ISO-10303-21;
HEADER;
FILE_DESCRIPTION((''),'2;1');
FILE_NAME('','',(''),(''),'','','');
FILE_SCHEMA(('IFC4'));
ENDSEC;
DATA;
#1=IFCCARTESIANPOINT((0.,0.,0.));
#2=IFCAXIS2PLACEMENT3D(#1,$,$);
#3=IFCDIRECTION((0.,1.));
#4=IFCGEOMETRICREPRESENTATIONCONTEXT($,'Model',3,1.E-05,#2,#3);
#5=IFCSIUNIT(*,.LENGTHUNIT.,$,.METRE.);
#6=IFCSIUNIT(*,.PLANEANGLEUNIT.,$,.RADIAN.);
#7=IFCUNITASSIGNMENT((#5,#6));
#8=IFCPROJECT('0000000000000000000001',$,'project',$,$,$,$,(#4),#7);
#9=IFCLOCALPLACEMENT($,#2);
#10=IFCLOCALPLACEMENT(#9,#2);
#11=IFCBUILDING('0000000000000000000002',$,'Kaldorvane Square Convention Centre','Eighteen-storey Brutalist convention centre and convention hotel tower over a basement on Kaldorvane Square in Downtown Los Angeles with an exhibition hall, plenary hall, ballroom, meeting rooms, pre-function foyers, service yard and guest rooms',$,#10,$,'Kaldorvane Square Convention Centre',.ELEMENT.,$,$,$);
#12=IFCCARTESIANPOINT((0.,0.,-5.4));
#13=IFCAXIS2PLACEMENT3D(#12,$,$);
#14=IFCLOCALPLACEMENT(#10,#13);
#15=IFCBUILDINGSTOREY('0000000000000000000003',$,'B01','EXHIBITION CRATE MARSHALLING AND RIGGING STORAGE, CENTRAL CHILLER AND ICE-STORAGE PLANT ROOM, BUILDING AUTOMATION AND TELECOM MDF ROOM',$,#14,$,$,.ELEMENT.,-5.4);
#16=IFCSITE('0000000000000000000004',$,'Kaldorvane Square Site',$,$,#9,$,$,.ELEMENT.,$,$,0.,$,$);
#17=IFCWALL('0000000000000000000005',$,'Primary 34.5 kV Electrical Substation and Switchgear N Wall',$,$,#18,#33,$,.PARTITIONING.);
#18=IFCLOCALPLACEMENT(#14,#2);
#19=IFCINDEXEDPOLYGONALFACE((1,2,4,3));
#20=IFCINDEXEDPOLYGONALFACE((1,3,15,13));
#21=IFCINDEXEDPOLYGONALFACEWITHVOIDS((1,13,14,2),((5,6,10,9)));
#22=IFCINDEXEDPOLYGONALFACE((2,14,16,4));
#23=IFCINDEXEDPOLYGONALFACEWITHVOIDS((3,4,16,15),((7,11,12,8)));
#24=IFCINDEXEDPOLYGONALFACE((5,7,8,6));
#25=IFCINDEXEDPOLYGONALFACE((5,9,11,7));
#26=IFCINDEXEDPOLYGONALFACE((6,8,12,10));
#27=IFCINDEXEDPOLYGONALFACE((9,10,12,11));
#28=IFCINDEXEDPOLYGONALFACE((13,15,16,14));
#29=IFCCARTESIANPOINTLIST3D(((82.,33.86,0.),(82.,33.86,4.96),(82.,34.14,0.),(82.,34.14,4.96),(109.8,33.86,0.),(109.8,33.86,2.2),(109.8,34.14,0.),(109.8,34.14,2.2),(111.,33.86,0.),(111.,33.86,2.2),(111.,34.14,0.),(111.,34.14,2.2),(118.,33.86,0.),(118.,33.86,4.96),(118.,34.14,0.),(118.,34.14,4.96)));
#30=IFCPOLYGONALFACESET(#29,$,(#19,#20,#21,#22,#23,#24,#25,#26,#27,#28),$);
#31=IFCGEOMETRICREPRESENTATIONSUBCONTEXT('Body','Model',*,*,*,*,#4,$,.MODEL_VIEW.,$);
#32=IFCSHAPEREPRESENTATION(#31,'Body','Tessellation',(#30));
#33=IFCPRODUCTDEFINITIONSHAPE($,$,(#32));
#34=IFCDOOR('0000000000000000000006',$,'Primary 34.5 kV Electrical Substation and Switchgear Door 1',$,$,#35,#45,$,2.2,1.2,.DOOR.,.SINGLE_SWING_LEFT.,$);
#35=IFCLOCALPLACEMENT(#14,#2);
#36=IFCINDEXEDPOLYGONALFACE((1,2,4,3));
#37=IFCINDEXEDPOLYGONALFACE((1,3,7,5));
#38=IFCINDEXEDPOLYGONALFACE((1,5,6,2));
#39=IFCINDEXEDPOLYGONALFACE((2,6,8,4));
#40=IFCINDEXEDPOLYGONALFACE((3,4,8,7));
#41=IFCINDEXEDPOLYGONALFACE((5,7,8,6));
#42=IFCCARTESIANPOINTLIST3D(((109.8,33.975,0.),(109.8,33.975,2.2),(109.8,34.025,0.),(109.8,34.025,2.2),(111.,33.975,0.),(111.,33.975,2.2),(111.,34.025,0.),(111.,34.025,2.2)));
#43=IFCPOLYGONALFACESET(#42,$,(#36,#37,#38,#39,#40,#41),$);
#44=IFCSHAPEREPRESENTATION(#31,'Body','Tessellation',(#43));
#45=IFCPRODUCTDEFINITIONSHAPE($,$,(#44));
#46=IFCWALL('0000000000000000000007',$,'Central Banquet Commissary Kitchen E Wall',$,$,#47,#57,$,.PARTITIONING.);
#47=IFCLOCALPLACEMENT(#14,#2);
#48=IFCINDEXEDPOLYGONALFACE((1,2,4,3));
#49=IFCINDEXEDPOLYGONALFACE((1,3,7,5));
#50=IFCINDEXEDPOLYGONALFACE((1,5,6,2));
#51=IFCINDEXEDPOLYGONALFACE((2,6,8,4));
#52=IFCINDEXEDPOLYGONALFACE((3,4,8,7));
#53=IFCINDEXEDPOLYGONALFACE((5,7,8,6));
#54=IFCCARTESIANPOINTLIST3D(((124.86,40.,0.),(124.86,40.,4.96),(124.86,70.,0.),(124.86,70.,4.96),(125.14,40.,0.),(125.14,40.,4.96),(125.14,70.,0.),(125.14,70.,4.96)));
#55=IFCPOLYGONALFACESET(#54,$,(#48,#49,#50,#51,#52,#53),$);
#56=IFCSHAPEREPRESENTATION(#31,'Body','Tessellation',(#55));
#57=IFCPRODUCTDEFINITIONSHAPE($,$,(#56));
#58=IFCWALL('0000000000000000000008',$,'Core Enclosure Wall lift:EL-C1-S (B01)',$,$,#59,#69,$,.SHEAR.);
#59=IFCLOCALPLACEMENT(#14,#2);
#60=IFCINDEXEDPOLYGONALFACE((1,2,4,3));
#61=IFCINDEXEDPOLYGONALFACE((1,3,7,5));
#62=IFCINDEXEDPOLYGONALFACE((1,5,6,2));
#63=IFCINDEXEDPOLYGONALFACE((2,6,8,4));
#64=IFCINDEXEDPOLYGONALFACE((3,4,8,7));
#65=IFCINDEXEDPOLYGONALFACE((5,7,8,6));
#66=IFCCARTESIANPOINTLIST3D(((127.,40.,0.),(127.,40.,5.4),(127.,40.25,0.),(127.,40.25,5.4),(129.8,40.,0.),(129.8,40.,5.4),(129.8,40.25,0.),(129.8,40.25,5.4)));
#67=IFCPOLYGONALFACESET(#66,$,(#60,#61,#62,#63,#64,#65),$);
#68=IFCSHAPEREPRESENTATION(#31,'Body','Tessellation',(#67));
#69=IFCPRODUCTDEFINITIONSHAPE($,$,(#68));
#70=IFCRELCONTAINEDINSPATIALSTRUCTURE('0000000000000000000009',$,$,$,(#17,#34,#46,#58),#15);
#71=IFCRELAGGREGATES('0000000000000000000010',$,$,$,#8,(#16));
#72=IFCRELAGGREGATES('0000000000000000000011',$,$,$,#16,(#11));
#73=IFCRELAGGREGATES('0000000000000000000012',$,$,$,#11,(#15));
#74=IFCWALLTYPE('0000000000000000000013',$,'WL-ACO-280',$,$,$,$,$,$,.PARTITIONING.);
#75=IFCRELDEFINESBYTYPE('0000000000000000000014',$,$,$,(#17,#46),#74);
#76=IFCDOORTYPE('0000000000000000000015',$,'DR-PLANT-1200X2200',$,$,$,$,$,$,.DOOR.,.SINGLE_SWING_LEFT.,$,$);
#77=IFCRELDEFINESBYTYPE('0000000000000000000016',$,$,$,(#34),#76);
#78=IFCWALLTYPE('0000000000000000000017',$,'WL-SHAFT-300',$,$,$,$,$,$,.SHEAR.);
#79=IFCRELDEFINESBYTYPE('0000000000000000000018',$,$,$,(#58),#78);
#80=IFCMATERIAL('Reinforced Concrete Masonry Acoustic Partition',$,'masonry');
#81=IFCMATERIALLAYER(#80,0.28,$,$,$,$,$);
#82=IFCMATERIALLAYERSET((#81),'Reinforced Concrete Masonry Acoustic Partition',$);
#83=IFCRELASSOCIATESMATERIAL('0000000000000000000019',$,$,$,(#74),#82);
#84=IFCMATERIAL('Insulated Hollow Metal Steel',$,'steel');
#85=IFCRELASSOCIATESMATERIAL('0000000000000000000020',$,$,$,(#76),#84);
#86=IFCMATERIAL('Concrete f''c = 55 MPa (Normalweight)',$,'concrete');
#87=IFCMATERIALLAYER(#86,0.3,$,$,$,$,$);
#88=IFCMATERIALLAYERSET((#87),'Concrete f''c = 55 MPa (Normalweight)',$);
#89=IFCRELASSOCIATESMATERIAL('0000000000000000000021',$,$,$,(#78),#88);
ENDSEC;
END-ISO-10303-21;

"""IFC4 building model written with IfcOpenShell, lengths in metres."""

from ifc_helpers import new_model, si_unit, direction, frame, frame_2d, origin, place, context, subcontext, project, spatial, rectangle, extrude, material, layer, layer_set, type_object, element, fill, save


model = new_model("IFC4")

# Units and contexts
model_context = context("Model", 3, precision=1e-05, world=origin(), true_north=direction((0.0, 1.0)))
body_context = subcontext(model_context, "Body", "Model", "MODEL_VIEW")
ifc_project = project(units=[si_unit("LENGTHUNIT", "METRE"), si_unit("PLANEANGLEUNIT", "RADIAN")], contexts=[model_context])

# Site, building, storey
site_placement = place(None, origin())
site = spatial("IfcSite", under=ifc_project, at=site_placement, Name="Kaldorvane Square Site", CompositionType="ELEMENT", RefElevation=0.0)
building_placement = place(site_placement, origin())
building = spatial("IfcBuilding", under=site, at=building_placement, Name="Kaldorvane Square Convention Centre", Description="Eighteen-storey Brutalist convention centre and convention hotel tower over a basement on Kaldorvane Square in Downtown Los Angeles with an exhibition hall, plenary hall, ballroom, meeting rooms, pre-function foyers, service yard and guest rooms", LongName="Kaldorvane Square Convention Centre", CompositionType="ELEMENT")
storey_placement = place(building_placement, frame((0.0, 0.0, -5.4)))
storey = spatial("IfcBuildingStorey", under=building, at=storey_placement, Name="B01", Description="EXHIBITION CRATE MARSHALLING AND RIGGING STORAGE, CENTRAL CHILLER AND ICE-STORAGE PLANT ROOM, BUILDING AUTOMATION AND TELECOM MDF ROOM", CompositionType="ELEMENT", Elevation=-5.4)

# Wall, opening, door
ifc_material_1 = material(Name="Reinforced Concrete Masonry Acoustic Partition", Category="masonry")
ifc_layer_1 = layer(ifc_material_1, 0.28)
ifc_layer_set_1 = layer_set([ifc_layer_1], Name="Reinforced Concrete Masonry Acoustic Partition")
wall_type_1 = type_object("IfcWallType", Name="WL-ACO-280", PredefinedType="PARTITIONING", material=ifc_layer_set_1)
wall_1_placement = place(storey_placement, frame((118.0, 34.0, 0.0), z_axis=(0.0, 0.0, 1.0), x_axis=(-1.0, 0.0, 0.0)))
wall_1 = element("IfcWall", 1, at=wall_1_placement, inside=storey, type_object=wall_type_1, Name="Primary 34.5 kV Electrical Substation and Switchgear N Wall", PredefinedType="PARTITIONING", context=body_context, shape_type="SweptSolid", body=[
    extrude(rectangle(XDim=36.0, YDim=0.28, at=frame_2d((18.0, 0.0))), origin(), (0.0, 0.0, 1.0), 4.96),
])
opening_placement = place(wall_1_placement, frame((7.0, 0.0, 0.0)))
opening = element("IfcOpeningElement", 2, at=opening_placement, cuts=wall_1, PredefinedType="OPENING", context=body_context, shape_type="SweptSolid", body=[
    extrude(rectangle(XDim=1.2, YDim=2.2, at=frame_2d((0.6, 1.1))), frame((0.0, 0.155, 0.0), z_axis=(0.0, -1.0, 0.0), x_axis=(1.0, 0.0, 0.0)), (0.0, 0.0, 1.0), 0.31),
])
ifc_material_2 = material(Name="Insulated Hollow Metal Steel", Category="steel")
door_type = type_object("IfcDoorType", Name="DR-PLANT-1200X2200", OperationType="SINGLE_SWING_LEFT", PredefinedType="DOOR", material=ifc_material_2)
door_placement = place(opening_placement, origin())
door = element("IfcDoor", 3, at=door_placement, inside=storey, type_object=door_type, Name="Primary 34.5 kV Electrical Substation and Switchgear Door 1", OperationType="SINGLE_SWING_LEFT", OverallHeight=2.2, OverallWidth=1.2, PredefinedType="DOOR", context=body_context, shape_type="SweptSolid", body=[
    extrude(rectangle(XDim=1.2, YDim=2.2, at=frame_2d((0.6, 1.1))), frame((0.0, 0.025, 0.0), z_axis=(0.0, -1.0, 0.0), x_axis=(1.0, 0.0, 0.0)), (0.0, 0.0, 1.0), 0.05),
])
fill(opening, door)

# Walls
wall_2_placement = place(storey_placement, frame((125.0, 40.0, 0.0), z_axis=(0.0, 0.0, 1.0), x_axis=(0.0, 1.0, 0.0)))
element("IfcWall", 4, at=wall_2_placement, inside=storey, type_object=wall_type_1, Name="Central Banquet Commissary Kitchen E Wall", PredefinedType="PARTITIONING", context=body_context, shape_type="SweptSolid", body=[
    extrude(rectangle(XDim=30.0, YDim=0.28, at=frame_2d((15.0, 0.0))), origin(), (0.0, 0.0, 1.0), 4.96),
])
ifc_material_3 = material(Name="Concrete f'c = 55 MPa (Normalweight)", Category="concrete")
ifc_layer_2 = layer(ifc_material_3, 0.3)
ifc_layer_set_2 = layer_set([ifc_layer_2], Name="Concrete f'c = 55 MPa (Normalweight)")
wall_type_2 = type_object("IfcWallType", Name="WL-SHAFT-300", PredefinedType="SHEAR", material=ifc_layer_set_2)
wall_3_placement = place(storey_placement, frame((127.0, 40.125, 0.0), z_axis=(0.0, 0.0, 1.0), x_axis=(1.0, 0.0, 0.0)))
element("IfcWall", 5, at=wall_3_placement, inside=storey, type_object=wall_type_2, Name="Core Enclosure Wall lift:EL-C1-S (B01)", PredefinedType="SHEAR", context=body_context, shape_type="SweptSolid", body=[
    extrude(rectangle(XDim=2.8, YDim=0.25, at=frame_2d((1.4, 0.0))), origin(), (0.0, 0.0, 1.0), 5.4),
])

save(model, "model.ifc")
